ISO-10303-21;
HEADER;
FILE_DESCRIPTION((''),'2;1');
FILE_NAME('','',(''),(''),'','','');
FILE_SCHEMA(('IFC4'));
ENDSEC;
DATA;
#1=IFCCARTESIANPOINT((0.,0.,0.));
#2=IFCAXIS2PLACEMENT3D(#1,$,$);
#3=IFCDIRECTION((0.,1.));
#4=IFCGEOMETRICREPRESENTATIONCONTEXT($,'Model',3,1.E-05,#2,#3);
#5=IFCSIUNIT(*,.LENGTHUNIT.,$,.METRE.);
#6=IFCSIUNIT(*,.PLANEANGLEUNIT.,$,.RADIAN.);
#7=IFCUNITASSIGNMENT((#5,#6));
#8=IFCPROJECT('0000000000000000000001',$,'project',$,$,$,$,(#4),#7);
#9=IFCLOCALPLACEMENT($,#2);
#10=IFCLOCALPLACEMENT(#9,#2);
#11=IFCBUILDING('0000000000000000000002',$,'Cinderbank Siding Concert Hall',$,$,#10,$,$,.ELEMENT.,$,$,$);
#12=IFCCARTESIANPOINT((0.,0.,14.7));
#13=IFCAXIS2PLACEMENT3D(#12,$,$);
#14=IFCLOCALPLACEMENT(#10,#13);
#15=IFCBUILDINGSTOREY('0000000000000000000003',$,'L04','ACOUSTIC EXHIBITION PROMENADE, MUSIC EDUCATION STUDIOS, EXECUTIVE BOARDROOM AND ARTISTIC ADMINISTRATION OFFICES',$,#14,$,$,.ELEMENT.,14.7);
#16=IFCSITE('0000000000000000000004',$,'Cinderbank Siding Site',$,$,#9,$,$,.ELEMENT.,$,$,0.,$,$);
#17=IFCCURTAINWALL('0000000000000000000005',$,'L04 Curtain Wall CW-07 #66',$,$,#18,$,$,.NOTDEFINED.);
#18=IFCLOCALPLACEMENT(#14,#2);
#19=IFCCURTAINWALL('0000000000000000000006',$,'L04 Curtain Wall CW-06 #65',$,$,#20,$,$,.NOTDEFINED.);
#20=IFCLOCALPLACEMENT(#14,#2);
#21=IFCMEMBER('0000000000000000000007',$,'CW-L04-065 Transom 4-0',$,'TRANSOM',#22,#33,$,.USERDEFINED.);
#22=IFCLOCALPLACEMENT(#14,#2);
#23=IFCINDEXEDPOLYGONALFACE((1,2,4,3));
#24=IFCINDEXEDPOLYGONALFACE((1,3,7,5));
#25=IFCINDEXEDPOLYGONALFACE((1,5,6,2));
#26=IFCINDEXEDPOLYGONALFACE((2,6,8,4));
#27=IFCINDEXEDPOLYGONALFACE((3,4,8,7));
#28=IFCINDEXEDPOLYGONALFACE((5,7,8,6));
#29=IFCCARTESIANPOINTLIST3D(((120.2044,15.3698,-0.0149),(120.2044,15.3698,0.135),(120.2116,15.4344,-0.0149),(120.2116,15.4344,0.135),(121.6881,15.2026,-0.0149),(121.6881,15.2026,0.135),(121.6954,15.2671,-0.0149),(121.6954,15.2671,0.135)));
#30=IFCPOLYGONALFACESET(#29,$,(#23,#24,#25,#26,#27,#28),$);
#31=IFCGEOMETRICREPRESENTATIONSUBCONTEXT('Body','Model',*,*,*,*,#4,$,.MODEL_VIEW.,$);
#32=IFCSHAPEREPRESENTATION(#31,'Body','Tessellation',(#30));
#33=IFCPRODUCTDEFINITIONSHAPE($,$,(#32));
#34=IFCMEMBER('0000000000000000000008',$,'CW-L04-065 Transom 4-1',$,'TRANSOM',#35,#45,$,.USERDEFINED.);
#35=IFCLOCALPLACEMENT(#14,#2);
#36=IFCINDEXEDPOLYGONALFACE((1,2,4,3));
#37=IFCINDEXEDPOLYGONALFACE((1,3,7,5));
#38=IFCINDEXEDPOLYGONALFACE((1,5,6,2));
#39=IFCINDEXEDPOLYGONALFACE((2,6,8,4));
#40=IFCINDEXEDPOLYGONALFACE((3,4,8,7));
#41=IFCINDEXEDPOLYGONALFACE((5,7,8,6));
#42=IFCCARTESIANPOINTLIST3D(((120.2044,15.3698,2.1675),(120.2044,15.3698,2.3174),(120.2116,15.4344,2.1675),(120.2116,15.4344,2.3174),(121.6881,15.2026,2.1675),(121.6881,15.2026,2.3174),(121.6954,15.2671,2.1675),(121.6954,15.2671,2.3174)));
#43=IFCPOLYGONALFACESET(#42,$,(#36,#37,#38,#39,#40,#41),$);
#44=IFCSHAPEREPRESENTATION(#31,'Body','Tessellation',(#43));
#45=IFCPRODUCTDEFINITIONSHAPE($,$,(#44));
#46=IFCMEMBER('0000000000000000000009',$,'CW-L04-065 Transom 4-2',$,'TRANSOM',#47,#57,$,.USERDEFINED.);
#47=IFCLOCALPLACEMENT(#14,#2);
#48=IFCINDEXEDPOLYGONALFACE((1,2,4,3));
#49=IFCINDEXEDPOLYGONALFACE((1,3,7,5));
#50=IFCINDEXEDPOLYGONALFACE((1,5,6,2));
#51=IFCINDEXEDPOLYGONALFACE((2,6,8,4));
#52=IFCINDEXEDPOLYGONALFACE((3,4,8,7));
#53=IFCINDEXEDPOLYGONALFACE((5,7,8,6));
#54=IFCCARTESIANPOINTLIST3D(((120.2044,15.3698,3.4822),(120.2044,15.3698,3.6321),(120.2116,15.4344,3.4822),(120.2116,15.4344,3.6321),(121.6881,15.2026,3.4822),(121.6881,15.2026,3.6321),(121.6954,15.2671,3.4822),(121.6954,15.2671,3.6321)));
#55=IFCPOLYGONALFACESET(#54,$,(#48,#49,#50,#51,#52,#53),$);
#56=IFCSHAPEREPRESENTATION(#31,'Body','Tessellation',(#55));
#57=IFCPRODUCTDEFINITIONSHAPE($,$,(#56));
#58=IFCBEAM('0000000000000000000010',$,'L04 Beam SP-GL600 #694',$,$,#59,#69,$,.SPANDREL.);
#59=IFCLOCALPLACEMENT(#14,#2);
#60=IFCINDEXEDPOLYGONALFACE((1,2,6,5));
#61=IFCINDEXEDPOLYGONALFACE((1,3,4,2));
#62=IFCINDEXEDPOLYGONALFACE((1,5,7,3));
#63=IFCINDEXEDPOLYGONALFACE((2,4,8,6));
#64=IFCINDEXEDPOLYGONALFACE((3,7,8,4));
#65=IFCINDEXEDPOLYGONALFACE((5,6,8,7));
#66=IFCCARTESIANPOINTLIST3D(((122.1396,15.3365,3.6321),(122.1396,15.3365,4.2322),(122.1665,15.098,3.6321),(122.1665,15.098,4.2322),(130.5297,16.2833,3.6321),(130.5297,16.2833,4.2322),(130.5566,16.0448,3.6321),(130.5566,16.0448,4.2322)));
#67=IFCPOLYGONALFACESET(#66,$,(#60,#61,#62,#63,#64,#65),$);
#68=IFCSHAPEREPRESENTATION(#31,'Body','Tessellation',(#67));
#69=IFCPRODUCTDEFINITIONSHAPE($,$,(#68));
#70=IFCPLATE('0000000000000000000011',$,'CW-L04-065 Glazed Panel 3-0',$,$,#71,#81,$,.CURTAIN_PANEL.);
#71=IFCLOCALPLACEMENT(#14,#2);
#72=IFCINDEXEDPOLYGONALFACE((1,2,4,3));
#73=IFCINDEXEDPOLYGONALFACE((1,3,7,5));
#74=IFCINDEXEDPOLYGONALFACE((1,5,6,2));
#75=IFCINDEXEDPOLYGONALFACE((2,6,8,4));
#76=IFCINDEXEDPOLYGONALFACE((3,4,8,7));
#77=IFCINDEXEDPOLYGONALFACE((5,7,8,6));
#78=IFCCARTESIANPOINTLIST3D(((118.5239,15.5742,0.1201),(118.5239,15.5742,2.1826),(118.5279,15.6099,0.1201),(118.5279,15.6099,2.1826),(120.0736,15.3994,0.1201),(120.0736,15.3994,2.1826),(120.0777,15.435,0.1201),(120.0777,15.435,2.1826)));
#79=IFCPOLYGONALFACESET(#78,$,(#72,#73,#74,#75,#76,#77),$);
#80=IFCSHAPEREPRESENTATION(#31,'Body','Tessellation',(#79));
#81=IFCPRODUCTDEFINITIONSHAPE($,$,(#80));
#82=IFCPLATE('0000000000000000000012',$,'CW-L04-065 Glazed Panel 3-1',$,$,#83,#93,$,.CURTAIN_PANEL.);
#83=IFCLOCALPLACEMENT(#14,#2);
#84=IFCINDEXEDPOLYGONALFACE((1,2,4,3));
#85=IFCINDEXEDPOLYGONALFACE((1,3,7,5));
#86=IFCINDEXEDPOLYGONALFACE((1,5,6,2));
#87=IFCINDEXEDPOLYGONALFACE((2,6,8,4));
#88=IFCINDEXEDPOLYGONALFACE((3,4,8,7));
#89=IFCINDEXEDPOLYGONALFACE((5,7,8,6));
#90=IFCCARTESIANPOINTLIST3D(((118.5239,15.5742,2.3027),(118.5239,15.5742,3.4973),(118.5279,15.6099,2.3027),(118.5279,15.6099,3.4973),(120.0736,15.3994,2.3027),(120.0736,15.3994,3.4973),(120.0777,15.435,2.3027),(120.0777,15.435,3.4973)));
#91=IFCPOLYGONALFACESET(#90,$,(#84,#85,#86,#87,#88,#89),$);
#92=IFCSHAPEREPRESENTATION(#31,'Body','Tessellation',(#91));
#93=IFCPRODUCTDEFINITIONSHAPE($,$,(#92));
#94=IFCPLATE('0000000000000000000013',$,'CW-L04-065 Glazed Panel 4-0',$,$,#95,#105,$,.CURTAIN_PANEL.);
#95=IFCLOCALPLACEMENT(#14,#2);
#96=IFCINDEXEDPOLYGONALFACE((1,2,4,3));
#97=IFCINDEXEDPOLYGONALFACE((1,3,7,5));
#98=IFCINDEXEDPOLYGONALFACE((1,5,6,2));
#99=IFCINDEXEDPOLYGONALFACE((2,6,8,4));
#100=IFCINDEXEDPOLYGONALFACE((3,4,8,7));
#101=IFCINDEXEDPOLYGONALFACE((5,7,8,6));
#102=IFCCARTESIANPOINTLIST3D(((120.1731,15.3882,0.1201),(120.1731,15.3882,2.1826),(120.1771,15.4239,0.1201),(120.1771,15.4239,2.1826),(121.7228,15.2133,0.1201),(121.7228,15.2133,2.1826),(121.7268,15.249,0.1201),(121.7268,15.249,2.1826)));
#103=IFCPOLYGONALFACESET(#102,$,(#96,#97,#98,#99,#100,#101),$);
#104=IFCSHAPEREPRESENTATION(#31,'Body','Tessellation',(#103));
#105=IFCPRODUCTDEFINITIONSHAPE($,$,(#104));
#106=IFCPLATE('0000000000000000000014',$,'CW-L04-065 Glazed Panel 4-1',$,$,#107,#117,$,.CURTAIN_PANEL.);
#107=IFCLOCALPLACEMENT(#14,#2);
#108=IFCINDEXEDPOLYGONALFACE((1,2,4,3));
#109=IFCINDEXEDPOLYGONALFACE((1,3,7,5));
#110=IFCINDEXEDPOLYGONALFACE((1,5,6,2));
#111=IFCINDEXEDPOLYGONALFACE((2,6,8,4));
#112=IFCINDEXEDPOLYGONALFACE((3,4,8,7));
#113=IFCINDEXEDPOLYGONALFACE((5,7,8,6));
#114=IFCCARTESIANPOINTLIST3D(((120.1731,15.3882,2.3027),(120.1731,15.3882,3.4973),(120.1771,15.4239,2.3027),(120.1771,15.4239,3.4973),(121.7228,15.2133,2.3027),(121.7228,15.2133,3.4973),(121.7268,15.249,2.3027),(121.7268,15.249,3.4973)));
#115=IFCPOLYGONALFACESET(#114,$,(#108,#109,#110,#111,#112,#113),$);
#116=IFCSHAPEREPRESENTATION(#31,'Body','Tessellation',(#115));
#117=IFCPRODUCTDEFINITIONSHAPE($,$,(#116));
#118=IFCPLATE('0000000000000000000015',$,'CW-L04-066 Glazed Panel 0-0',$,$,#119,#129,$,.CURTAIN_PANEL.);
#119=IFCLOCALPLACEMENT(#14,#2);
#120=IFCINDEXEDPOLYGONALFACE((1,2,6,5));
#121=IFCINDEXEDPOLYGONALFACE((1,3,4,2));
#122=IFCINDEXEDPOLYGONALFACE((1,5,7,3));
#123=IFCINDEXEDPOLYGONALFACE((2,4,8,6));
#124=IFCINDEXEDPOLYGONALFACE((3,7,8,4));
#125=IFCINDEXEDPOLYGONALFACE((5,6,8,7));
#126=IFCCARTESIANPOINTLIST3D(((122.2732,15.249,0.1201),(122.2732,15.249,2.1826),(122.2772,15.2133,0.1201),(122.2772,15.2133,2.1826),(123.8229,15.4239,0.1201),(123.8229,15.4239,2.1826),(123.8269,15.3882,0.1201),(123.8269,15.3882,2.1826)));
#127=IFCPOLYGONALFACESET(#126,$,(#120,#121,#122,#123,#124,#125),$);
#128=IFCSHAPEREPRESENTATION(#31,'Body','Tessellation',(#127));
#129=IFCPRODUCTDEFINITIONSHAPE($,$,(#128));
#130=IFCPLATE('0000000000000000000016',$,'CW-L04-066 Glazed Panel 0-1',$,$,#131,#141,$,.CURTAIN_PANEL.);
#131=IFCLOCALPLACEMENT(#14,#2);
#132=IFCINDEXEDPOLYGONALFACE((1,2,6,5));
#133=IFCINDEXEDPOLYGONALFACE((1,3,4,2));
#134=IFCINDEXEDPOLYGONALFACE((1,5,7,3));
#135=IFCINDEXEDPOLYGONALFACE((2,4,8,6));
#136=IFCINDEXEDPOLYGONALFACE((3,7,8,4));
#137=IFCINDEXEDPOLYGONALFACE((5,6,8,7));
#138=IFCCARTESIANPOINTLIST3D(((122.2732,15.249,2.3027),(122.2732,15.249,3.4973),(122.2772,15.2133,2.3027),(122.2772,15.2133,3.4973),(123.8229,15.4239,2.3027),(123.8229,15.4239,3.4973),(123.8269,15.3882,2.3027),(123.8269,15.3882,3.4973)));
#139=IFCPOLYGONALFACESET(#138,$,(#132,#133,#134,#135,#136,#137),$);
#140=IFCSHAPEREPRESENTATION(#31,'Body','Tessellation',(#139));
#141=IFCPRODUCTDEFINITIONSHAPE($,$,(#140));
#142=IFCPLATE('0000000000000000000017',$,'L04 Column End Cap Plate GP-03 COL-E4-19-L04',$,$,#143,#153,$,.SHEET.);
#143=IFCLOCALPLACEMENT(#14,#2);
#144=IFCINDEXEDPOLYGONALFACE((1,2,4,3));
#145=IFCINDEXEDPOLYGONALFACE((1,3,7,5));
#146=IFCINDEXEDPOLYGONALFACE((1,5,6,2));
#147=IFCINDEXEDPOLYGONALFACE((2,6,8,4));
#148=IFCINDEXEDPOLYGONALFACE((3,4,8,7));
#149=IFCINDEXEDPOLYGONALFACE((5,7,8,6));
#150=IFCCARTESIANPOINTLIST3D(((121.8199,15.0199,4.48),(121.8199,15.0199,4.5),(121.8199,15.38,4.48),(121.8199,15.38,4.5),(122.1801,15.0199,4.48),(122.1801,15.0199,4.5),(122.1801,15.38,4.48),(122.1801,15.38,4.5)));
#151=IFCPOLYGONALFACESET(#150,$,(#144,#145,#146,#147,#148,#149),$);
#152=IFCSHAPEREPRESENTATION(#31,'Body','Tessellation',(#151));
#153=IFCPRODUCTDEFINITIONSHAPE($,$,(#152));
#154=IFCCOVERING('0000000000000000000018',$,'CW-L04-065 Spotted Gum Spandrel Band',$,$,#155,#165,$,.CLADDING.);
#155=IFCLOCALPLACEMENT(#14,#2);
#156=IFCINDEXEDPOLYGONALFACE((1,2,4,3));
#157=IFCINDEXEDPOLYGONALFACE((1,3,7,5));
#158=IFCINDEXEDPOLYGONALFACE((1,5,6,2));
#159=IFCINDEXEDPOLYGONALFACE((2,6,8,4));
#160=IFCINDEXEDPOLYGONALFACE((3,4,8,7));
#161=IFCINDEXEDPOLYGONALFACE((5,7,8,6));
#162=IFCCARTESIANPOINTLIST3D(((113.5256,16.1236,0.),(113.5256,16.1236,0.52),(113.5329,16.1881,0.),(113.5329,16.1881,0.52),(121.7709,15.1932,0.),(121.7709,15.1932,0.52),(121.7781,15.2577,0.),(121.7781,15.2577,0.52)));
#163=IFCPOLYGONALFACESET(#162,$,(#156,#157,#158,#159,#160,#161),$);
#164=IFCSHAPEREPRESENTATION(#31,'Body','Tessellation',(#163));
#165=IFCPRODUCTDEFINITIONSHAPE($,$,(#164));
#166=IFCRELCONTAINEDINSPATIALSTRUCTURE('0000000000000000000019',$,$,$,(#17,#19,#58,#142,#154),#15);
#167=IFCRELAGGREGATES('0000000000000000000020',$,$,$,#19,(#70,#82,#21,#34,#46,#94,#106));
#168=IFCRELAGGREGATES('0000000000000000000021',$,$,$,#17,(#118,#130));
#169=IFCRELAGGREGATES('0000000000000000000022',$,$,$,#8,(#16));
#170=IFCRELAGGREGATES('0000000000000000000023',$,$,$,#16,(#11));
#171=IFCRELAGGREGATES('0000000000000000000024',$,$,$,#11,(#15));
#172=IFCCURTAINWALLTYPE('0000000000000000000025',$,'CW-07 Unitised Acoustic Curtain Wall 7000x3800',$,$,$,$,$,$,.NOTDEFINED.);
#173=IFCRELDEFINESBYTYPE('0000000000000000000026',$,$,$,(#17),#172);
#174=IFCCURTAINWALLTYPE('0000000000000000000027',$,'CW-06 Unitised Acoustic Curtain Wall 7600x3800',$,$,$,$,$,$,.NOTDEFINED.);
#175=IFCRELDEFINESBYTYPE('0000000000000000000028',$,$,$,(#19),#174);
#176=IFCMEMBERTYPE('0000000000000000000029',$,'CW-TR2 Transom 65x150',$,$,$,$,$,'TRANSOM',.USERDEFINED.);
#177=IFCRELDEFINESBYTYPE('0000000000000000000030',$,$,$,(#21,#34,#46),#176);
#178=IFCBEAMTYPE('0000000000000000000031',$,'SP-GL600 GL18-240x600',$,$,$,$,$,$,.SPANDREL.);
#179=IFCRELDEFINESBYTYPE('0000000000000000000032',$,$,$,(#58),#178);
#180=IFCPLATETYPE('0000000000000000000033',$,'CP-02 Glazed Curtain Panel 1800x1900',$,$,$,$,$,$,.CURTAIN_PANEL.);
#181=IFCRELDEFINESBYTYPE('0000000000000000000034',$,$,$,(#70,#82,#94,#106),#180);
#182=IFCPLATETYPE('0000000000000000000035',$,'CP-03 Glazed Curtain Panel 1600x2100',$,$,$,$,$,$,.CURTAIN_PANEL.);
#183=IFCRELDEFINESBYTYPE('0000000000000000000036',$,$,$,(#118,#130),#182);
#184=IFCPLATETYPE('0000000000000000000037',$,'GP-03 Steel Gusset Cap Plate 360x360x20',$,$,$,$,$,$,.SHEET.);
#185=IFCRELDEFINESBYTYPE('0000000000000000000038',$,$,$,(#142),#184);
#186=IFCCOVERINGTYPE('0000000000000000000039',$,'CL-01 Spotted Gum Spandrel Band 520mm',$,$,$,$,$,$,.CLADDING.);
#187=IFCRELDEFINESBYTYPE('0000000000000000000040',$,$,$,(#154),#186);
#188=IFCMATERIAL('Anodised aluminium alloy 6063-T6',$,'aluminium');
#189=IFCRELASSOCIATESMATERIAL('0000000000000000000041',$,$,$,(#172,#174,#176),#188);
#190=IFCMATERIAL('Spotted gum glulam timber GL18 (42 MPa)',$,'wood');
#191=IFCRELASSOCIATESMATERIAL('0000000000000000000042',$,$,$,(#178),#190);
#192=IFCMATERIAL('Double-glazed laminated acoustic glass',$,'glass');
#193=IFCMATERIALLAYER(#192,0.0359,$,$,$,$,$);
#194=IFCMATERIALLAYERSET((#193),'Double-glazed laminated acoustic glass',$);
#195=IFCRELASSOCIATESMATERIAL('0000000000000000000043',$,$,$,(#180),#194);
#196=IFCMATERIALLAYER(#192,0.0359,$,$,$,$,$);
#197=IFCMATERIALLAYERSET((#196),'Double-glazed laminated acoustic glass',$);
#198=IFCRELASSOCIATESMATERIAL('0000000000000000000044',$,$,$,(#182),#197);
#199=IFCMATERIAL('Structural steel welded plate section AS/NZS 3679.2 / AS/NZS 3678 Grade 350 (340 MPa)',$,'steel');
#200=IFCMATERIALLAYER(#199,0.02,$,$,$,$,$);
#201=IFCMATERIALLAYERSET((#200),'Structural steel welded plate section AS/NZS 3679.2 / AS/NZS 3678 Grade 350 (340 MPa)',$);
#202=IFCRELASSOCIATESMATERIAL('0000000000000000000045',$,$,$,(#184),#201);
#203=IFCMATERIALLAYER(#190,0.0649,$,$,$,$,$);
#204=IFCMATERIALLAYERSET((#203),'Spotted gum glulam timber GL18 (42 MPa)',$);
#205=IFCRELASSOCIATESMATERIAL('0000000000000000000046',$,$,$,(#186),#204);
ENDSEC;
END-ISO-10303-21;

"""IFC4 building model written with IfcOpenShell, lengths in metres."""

from ifc_helpers import new_model, si_unit, direction, frame, origin, origin_2d, place, context, subcontext, project, spatial, rectangle, extrude, material, layer, layer_set, material_profile, profile_set, type_object, element, aggregate, save


model = new_model("IFC4")

# Units and contexts
model_context = context("Model", 3, precision=1e-05, world=origin(), true_north=direction((0.0, 1.0)))
body_context = subcontext(model_context, "Body", "Model", "MODEL_VIEW")
ifc_project = project(units=[si_unit("LENGTHUNIT", "METRE"), si_unit("PLANEANGLEUNIT", "RADIAN")], contexts=[model_context])

# Site, building, storey
site_placement = place(None, origin())
site = spatial("IfcSite", under=ifc_project, at=site_placement, Name="Cinderbank Siding Site", CompositionType="ELEMENT", RefElevation=0.0)
building_placement = place(site_placement, origin())
building = spatial("IfcBuilding", under=site, at=building_placement, Name="Cinderbank Siding Concert Hall", CompositionType="ELEMENT")
storey_placement = place(building_placement, frame((0.0, 0.0, 14.7)))
storey = spatial("IfcBuildingStorey", under=building, at=storey_placement, Name="L04", Description="ACOUSTIC EXHIBITION PROMENADE, MUSIC EDUCATION STUDIOS, EXECUTIVE BOARDROOM AND ARTISTIC ADMINISTRATION OFFICES", CompositionType="ELEMENT", Elevation=14.7)

# Curtain wall
ifc_material_1 = material(Name="Anodised aluminium alloy 6063-T6", Category="aluminium")
curtain_wall_type_1 = type_object("IfcCurtainWallType", Name="CW-07 Unitised Acoustic Curtain Wall 7000x3800", PredefinedType="NOTDEFINED", material=ifc_material_1)
curtain_wall_1_placement = place(storey_placement, origin())
curtain_wall_1 = element("IfcCurtainWall", 1, at=curtain_wall_1_placement, inside=storey, type_object=curtain_wall_type_1, Name="L04 Curtain Wall CW-07 #66", PredefinedType="NOTDEFINED")

# Curtain wall
curtain_wall_type_2 = type_object("IfcCurtainWallType", Name="CW-06 Unitised Acoustic Curtain Wall 7600x3800", PredefinedType="NOTDEFINED", material=ifc_material_1)
curtain_wall_2_placement = place(storey_placement, origin())
curtain_wall_2 = element("IfcCurtainWall", 2, at=curtain_wall_2_placement, inside=storey, type_object=curtain_wall_type_2, Name="L04 Curtain Wall CW-06 #65", PredefinedType="NOTDEFINED")

# Members
ifc_material_profile_1 = material_profile(ifc_material_1, rectangle(XDim=0.0649, YDim=0.1499, at=origin_2d()), Name="ALU-TRAN-65x150", Category="LoadBearing")
ifc_profile_set_1 = profile_set([ifc_material_profile_1], Name="Anodised aluminium alloy 6063-T6")
member_type_1 = type_object("IfcMemberType", Name="CW-TR2 Transom 65x150", ElementType="TRANSOM", PredefinedType="USERDEFINED", material=ifc_profile_set_1)
member_1_placement = place(storey_placement, frame((120.208, 15.4021, 0.0601), z_axis=(0.993709, -0.111993, 0.0), x_axis=(0.111993, 0.993709, 0.0)))
member_1 = element("IfcMember", 3, at=member_1_placement, type_object=member_type_1, Name="CW-L04-065 Transom 4-0", ObjectType="TRANSOM", PredefinedType="USERDEFINED", context=body_context, shape_type="SweptSolid", body=[
    extrude(rectangle(XDim=0.0649, YDim=0.1499, at=origin_2d()), origin(), (0.0, 0.0, 1.0), 1.4932),
])
member_2_placement = place(storey_placement, frame((120.208, 15.4021, 2.2424), z_axis=(0.993709, -0.111993, 0.0), x_axis=(0.111993, 0.993709, 0.0)))
member_2 = element("IfcMember", 4, at=member_2_placement, type_object=member_type_1, Name="CW-L04-065 Transom 4-1", ObjectType="TRANSOM", PredefinedType="USERDEFINED", context=body_context, shape_type="SweptSolid", body=[
    extrude(rectangle(XDim=0.0649, YDim=0.1499, at=origin_2d()), origin(), (0.0, 0.0, 1.0), 1.4932),
])
member_3_placement = place(storey_placement, frame((120.208, 15.4021, 3.5571), z_axis=(0.993709, -0.111993, 0.0), x_axis=(0.111993, 0.993709, 0.0)))
member_3 = element("IfcMember", 5, at=member_3_placement, type_object=member_type_1, Name="CW-L04-065 Transom 4-2", ObjectType="TRANSOM", PredefinedType="USERDEFINED", context=body_context, shape_type="SweptSolid", body=[
    extrude(rectangle(XDim=0.0649, YDim=0.1499, at=origin_2d()), origin(), (0.0, 0.0, 1.0), 1.4932),
])

# Beam
ifc_material_2 = material(Name="Spotted gum glulam timber GL18 (42 MPa)", Category="wood")
ifc_material_profile_2 = material_profile(ifc_material_2, rectangle(XDim=0.24, YDim=0.6001, at=origin_2d()), Name="GL18-240x600", Category="LoadBearing")
ifc_profile_set_2 = profile_set([ifc_material_profile_2], Name="Spotted gum glulam timber GL18 (42 MPa)")
beam_type = type_object("IfcBeamType", Name="SP-GL600 GL18-240x600", PredefinedType="SPANDREL", material=ifc_profile_set_2)
beam_placement = place(storey_placement, frame((122.1531, 15.2173, 3.9321), z_axis=(0.993693, 0.112132, 0.0), x_axis=(-0.112132, 0.993693, 0.0)))
element("IfcBeam", 6, at=beam_placement, inside=storey, type_object=beam_type, Name="L04 Beam SP-GL600 #694", PredefinedType="SPANDREL", context=body_context, shape_type="SweptSolid", body=[
    extrude(rectangle(XDim=0.24, YDim=0.6001, at=origin_2d()), origin(), (0.0, 0.0, 1.0), 8.4434),
])

# Plates
ifc_material_3 = material(Name="Double-glazed laminated acoustic glass", Category="glass")
ifc_layer_1 = layer(ifc_material_3, 0.0359)
ifc_layer_set_1 = layer_set([ifc_layer_1], Name="Double-glazed laminated acoustic glass")
plate_type_1 = type_object("IfcPlateType", Name="CP-02 Glazed Curtain Panel 1800x1900", PredefinedType="CURTAIN_PANEL", material=ifc_layer_set_1)
plate_1_placement = place(storey_placement, frame((119.3008, 15.5046, 0.1201), z_axis=(0.0, 0.0, 1.0), x_axis=(0.993694, -0.112129, 0.0)))
plate_1 = element("IfcPlate", 7, at=plate_1_placement, type_object=plate_type_1, Name="CW-L04-065 Glazed Panel 3-0", PredefinedType="CURTAIN_PANEL", context=body_context, shape_type="SweptSolid", body=[
    extrude(rectangle(XDim=1.5596, YDim=0.0359, at=origin_2d()), origin(), (0.0, 0.0, 1.0), 2.0625),
])
plate_2_placement = place(storey_placement, frame((119.3008, 15.5046, 2.3027), z_axis=(0.0, 0.0, 1.0), x_axis=(0.993694, -0.112129, 0.0)))
plate_2 = element("IfcPlate", 8, at=plate_2_placement, type_object=plate_type_1, Name="CW-L04-065 Glazed Panel 3-1", PredefinedType="CURTAIN_PANEL", context=body_context, shape_type="SweptSolid", body=[
    extrude(rectangle(XDim=1.5596, YDim=0.0359, at=origin_2d()), origin(), (0.0, 0.0, 1.0), 1.1946),
])
plate_3_placement = place(storey_placement, frame((120.95, 15.3186, 0.1201), z_axis=(0.0, 0.0, 1.0), x_axis=(0.993694, -0.112129, 0.0)))
plate_3 = element("IfcPlate", 9, at=plate_3_placement, type_object=plate_type_1, Name="CW-L04-065 Glazed Panel 4-0", PredefinedType="CURTAIN_PANEL", context=body_context, shape_type="SweptSolid", body=[
    extrude(rectangle(XDim=1.5596, YDim=0.0359, at=origin_2d()), origin(), (0.0, 0.0, 1.0), 2.0625),
])
plate_4_placement = place(storey_placement, frame((120.95, 15.3186, 2.3027), z_axis=(0.0, 0.0, 1.0), x_axis=(0.993694, -0.112129, 0.0)))
plate_4 = element("IfcPlate", 10, at=plate_4_placement, type_object=plate_type_1, Name="CW-L04-065 Glazed Panel 4-1", PredefinedType="CURTAIN_PANEL", context=body_context, shape_type="SweptSolid", body=[
    extrude(rectangle(XDim=1.5596, YDim=0.0359, at=origin_2d()), origin(), (0.0, 0.0, 1.0), 1.1946),
])
aggregate(curtain_wall_2, [plate_1, plate_2, member_1, member_2, member_3, plate_3, plate_4])
ifc_layer_2 = layer(ifc_material_3, 0.0359)
ifc_layer_set_2 = layer_set([ifc_layer_2], Name="Double-glazed laminated acoustic glass")
plate_type_2 = type_object("IfcPlateType", Name="CP-03 Glazed Curtain Panel 1600x2100", PredefinedType="CURTAIN_PANEL", material=ifc_layer_set_2)
plate_5_placement = place(storey_placement, frame((123.05, 15.3186, 0.1201), z_axis=(0.0, 0.0, 1.0), x_axis=(0.993694, 0.112129, 0.0)))
plate_5 = element("IfcPlate", 11, at=plate_5_placement, type_object=plate_type_2, Name="CW-L04-066 Glazed Panel 0-0", PredefinedType="CURTAIN_PANEL", context=body_context, shape_type="SweptSolid", body=[
    extrude(rectangle(XDim=1.5596, YDim=0.0359, at=origin_2d()), origin(), (0.0, 0.0, 1.0), 2.0625),
])
plate_6_placement = place(storey_placement, frame((123.05, 15.3186, 2.3027), z_axis=(0.0, 0.0, 1.0), x_axis=(0.993694, 0.112129, 0.0)))
plate_6 = element("IfcPlate", 12, at=plate_6_placement, type_object=plate_type_2, Name="CW-L04-066 Glazed Panel 0-1", PredefinedType="CURTAIN_PANEL", context=body_context, shape_type="SweptSolid", body=[
    extrude(rectangle(XDim=1.5596, YDim=0.0359, at=origin_2d()), origin(), (0.0, 0.0, 1.0), 1.1946),
])
aggregate(curtain_wall_1, [plate_5, plate_6])
ifc_material_4 = material(Name="Structural steel welded plate section AS/NZS 3679.2 / AS/NZS 3678 Grade 350 (340 MPa)", Category="steel")
ifc_layer_3 = layer(ifc_material_4, 0.02)
ifc_layer_set_3 = layer_set([ifc_layer_3], Name="Structural steel welded plate section AS/NZS 3679.2 / AS/NZS 3678 Grade 350 (340 MPa)")
plate_type_3 = type_object("IfcPlateType", Name="GP-03 Steel Gusset Cap Plate 360x360x20", PredefinedType="SHEET", material=ifc_layer_set_3)
plate_7_placement = place(storey_placement, frame((122.0, 15.2, 4.48), z_axis=(0.0, 0.0, 1.0), x_axis=(1.0, 0.0, 0.0)))
element("IfcPlate", 13, at=plate_7_placement, inside=storey, type_object=plate_type_3, Name="L04 Column End Cap Plate GP-03 COL-E4-19-L04", PredefinedType="SHEET", context=body_context, shape_type="SweptSolid", body=[
    extrude(rectangle(XDim=0.3601, YDim=0.3601, at=origin_2d()), origin(), (0.0, 0.0, 1.0), 0.02),
])

# Covering
ifc_layer_4 = layer(ifc_material_2, 0.0649)
ifc_layer_set_4 = layer_set([ifc_layer_4], Name="Spotted gum glulam timber GL18 (42 MPa)")
covering_type = type_object("IfcCoveringType", Name="CL-01 Spotted Gum Spandrel Band 520mm", PredefinedType="CLADDING", material=ifc_layer_set_4)
covering_placement = place(storey_placement, frame((117.6519, 15.6907, 0.0), z_axis=(0.0, 0.0, 1.0), x_axis=(0.993694, -0.112129, 0.0)))
element("IfcCovering", 14, at=covering_placement, inside=storey, type_object=covering_type, Name="CW-L04-065 Spotted Gum Spandrel Band", PredefinedType="CLADDING", context=body_context, shape_type="SweptSolid", body=[
    extrude(rectangle(XDim=8.2976, YDim=0.0649, at=origin_2d()), origin(), (0.0, 0.0, 1.0), 0.52),
])

save(model, "model.ifc")
